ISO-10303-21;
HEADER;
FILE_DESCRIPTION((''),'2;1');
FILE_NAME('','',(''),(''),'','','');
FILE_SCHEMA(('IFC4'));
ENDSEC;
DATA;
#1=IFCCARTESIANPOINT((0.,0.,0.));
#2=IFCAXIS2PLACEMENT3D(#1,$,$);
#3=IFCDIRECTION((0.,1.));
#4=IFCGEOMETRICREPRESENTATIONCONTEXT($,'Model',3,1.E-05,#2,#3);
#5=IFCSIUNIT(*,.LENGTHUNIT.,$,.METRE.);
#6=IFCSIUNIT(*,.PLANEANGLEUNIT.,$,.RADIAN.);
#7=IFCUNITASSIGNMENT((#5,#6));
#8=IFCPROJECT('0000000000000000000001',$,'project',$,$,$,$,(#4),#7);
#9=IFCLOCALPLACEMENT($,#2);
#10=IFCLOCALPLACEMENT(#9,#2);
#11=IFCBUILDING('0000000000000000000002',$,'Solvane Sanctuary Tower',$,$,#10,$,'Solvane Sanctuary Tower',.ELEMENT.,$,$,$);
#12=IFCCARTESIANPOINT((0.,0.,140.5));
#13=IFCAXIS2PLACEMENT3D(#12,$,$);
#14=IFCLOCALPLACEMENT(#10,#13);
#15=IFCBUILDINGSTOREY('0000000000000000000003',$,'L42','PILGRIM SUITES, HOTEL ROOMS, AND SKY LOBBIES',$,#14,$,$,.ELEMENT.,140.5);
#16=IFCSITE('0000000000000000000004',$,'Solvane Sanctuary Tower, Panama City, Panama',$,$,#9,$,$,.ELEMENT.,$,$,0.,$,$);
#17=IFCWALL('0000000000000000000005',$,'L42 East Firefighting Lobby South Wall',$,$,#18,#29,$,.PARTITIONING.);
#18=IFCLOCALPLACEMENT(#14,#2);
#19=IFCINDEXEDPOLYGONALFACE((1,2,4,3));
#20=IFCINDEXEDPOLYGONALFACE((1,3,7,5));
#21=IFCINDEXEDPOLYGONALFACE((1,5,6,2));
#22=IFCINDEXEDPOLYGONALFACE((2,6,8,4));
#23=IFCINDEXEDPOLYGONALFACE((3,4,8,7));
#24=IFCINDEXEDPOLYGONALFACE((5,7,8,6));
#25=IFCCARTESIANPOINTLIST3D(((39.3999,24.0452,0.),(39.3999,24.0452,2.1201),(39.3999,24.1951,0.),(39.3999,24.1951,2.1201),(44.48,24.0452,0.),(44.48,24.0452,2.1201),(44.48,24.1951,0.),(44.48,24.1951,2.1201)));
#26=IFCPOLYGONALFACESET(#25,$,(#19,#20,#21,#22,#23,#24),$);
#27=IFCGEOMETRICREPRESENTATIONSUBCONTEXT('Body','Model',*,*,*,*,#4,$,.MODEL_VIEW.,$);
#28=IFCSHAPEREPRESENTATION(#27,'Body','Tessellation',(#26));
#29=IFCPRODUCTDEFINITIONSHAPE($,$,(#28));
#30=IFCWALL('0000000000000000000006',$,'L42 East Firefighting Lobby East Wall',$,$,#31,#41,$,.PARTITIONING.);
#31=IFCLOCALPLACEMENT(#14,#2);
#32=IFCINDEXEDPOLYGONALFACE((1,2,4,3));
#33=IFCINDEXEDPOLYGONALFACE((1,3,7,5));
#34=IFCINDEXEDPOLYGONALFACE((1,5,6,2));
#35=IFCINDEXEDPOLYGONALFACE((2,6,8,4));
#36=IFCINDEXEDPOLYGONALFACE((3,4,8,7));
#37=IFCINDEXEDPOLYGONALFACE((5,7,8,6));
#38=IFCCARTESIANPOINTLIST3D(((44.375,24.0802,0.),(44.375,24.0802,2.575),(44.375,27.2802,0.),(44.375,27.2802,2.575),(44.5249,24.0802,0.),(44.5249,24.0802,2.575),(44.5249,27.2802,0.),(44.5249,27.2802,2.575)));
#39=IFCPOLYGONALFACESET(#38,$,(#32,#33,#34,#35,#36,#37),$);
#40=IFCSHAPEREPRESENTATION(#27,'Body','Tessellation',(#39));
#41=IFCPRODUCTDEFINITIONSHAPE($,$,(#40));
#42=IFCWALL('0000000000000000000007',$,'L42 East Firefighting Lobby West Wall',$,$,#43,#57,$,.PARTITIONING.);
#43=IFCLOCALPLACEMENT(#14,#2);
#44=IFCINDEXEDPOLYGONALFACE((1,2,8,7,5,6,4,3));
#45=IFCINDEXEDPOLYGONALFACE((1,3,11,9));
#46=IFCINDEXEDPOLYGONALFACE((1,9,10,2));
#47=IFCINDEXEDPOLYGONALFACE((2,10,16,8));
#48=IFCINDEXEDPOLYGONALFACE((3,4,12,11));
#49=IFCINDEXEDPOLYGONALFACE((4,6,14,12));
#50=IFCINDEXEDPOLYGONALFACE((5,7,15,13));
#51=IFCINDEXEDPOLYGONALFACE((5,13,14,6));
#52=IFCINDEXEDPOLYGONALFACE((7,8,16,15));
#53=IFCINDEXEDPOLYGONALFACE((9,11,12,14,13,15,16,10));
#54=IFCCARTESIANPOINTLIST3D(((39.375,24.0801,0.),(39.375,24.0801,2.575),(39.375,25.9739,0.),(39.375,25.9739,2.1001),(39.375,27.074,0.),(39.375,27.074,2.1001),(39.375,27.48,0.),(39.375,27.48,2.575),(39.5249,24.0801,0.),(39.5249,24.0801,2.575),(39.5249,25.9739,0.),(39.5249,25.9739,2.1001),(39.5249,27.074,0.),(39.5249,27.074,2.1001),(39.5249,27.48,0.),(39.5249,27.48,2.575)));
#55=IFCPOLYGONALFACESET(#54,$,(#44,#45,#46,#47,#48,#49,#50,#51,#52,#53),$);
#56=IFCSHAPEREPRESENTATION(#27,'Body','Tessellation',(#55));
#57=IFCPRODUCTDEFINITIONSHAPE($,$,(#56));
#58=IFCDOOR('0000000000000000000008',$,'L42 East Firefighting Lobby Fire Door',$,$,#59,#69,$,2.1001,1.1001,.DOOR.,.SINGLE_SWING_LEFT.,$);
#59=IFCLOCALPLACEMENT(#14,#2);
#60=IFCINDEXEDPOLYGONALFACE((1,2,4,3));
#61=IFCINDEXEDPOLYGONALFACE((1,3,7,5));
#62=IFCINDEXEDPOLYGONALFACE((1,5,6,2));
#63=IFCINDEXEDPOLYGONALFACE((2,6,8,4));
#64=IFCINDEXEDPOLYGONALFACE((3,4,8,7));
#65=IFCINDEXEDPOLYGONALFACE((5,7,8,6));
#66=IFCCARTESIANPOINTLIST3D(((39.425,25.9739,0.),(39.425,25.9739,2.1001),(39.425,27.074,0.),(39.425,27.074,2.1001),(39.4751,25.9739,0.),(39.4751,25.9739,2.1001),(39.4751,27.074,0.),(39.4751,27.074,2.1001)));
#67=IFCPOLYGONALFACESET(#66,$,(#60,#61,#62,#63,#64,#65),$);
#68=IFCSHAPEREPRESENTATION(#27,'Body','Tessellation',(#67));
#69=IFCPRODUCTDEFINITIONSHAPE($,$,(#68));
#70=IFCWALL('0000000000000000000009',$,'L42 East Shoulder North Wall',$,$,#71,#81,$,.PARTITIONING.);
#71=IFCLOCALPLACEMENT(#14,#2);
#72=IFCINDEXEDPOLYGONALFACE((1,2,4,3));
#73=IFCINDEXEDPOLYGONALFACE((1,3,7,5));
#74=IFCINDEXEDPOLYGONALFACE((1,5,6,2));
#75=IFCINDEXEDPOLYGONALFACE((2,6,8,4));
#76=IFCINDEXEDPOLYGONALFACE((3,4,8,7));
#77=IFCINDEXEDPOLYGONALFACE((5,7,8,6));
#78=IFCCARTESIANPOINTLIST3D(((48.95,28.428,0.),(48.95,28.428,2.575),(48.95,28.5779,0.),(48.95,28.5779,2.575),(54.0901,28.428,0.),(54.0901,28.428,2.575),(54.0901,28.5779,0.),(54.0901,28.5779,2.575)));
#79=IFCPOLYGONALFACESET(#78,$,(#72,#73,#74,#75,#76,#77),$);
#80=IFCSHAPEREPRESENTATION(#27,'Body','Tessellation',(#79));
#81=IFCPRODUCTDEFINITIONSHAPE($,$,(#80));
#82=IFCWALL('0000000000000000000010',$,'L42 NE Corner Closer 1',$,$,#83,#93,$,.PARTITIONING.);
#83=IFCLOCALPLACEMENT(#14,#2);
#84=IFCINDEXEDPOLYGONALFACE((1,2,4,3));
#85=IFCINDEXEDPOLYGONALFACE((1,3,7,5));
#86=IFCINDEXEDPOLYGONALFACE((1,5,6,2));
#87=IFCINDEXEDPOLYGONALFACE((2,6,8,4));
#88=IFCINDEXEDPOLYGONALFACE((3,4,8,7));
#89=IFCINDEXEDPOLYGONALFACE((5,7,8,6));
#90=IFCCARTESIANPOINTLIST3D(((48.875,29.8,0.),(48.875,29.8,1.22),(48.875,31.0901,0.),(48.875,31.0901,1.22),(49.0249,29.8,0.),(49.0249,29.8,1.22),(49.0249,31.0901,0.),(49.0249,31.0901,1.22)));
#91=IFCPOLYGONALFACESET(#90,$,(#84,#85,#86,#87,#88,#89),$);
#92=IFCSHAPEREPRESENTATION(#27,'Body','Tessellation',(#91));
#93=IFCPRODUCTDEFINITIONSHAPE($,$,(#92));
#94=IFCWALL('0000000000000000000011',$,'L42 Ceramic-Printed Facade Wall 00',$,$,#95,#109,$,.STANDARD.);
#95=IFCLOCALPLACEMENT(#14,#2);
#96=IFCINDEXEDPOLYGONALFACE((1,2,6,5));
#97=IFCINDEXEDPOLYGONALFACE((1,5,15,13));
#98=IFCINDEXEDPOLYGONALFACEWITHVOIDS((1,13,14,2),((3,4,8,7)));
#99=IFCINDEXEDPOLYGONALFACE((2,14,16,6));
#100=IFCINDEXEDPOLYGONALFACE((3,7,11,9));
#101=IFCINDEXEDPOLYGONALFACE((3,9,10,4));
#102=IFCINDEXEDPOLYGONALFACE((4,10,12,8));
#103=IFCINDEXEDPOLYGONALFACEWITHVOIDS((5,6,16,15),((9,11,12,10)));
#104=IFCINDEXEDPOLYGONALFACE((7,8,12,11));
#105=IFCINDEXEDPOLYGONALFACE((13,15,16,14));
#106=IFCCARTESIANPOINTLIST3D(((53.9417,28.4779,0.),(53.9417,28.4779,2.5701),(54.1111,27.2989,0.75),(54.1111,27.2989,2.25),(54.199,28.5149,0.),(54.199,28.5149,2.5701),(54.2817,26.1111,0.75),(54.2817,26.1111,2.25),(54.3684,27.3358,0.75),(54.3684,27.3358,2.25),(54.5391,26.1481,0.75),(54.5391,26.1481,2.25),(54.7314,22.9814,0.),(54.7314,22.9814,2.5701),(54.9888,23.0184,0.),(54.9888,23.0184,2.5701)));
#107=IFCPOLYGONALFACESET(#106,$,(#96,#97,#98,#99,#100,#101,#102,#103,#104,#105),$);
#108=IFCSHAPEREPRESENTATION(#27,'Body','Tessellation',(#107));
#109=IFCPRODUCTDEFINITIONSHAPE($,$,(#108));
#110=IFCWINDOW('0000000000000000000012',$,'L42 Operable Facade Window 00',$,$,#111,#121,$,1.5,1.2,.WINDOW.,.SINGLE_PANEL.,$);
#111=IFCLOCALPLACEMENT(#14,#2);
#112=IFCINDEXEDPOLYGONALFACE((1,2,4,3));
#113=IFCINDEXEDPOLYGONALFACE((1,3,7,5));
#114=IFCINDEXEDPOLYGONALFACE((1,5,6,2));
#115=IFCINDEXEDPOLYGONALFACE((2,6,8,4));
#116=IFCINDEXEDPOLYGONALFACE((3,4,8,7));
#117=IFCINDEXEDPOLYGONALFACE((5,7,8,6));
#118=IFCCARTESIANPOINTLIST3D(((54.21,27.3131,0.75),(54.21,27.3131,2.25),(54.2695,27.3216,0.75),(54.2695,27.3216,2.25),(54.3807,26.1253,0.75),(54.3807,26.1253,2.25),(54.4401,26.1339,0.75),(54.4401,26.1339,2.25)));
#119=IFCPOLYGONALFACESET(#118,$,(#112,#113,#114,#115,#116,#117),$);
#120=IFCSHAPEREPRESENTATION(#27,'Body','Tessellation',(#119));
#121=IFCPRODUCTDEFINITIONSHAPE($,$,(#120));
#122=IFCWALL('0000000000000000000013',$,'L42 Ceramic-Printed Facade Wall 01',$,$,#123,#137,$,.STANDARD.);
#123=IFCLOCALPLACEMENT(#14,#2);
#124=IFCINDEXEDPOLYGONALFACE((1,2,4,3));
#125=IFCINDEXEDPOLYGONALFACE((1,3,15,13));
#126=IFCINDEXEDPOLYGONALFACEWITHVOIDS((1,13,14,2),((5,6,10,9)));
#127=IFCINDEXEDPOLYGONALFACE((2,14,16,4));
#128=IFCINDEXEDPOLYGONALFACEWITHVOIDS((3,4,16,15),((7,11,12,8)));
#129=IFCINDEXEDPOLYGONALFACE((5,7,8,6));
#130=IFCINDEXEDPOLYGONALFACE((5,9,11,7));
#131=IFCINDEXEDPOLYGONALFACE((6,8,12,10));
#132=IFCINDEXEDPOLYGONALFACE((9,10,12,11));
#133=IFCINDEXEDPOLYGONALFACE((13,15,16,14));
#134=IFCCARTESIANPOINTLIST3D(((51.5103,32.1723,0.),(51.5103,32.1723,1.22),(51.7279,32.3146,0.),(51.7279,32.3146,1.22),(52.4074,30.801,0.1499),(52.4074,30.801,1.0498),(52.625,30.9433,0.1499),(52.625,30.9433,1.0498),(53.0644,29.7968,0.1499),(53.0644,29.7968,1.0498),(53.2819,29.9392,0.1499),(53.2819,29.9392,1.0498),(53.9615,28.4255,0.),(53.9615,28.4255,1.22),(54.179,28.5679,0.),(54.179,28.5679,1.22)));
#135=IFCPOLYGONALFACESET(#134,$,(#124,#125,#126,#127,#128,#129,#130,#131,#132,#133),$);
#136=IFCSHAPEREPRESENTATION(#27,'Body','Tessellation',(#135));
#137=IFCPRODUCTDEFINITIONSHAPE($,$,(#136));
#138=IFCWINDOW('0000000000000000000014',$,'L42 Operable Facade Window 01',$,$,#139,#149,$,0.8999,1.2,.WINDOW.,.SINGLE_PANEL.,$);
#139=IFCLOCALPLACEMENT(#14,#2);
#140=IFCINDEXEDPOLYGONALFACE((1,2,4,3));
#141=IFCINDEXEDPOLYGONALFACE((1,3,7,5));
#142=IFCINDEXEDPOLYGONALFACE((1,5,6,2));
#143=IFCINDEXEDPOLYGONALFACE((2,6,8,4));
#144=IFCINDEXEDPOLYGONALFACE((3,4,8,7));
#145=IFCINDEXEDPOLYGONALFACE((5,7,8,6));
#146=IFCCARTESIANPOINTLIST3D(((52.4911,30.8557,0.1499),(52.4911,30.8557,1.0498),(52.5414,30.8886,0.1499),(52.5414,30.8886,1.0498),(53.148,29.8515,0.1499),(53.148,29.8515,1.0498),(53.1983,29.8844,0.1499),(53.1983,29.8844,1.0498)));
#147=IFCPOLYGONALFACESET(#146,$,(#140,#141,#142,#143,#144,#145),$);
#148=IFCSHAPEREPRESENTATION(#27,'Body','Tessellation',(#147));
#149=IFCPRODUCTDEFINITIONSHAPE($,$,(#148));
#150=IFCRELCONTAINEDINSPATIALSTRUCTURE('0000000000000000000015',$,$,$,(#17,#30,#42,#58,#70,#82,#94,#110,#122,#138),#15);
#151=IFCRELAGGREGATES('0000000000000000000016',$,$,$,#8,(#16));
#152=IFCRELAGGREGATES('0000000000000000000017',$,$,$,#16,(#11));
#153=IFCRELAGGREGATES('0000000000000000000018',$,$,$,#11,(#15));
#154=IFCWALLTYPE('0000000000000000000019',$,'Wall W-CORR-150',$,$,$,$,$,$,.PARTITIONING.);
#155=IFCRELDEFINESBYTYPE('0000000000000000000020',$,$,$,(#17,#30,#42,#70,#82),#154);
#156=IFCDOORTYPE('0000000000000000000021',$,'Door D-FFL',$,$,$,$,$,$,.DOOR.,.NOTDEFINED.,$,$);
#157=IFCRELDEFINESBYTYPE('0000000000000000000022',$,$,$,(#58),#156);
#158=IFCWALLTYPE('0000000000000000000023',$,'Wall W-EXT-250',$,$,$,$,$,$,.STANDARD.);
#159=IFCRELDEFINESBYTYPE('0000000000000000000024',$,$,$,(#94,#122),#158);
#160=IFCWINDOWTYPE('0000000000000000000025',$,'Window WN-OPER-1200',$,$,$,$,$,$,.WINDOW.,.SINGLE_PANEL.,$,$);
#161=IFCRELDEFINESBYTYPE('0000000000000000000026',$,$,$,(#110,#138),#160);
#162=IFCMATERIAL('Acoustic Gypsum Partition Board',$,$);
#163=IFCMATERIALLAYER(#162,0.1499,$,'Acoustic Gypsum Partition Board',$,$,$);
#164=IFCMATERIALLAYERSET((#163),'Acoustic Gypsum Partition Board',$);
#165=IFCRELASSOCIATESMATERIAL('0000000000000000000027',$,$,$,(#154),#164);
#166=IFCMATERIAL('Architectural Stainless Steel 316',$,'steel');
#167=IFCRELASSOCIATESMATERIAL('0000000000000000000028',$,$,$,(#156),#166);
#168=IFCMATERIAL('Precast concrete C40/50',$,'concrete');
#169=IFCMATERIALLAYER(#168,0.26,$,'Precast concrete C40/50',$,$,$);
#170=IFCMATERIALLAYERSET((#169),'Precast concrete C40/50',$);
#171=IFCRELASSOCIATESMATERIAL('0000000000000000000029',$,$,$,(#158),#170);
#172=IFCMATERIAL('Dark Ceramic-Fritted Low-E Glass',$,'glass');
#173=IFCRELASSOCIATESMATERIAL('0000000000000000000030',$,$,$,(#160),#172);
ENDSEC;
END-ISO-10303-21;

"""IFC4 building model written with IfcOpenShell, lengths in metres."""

from ifc_helpers import new_model, si_unit, direction, frame, frame_2d, origin, place, context, subcontext, project, spatial, rectangle, extrude, material, layer, layer_set, type_object, element, fill, save


model = new_model("IFC4")

# Units and contexts
model_context = context("Model", 3, precision=1e-05, world=origin(), true_north=direction((0.0, 1.0)))
body_context = subcontext(model_context, "Body", "Model", "MODEL_VIEW")
ifc_project = project(units=[si_unit("LENGTHUNIT", "METRE"), si_unit("PLANEANGLEUNIT", "RADIAN")], contexts=[model_context])

# Site, building, storey
site_placement = place(None, origin())
site = spatial("IfcSite", under=ifc_project, at=site_placement, Name="Solvane Sanctuary Tower, Panama City, Panama", CompositionType="ELEMENT", RefElevation=0.0)
building_placement = place(site_placement, origin())
building = spatial("IfcBuilding", under=site, at=building_placement, Name="Solvane Sanctuary Tower", LongName="Solvane Sanctuary Tower", CompositionType="ELEMENT")
storey_placement = place(building_placement, frame((0.0, 0.0, 140.5)))
storey = spatial("IfcBuildingStorey", under=building, at=storey_placement, Name="L42", Description="PILGRIM SUITES, HOTEL ROOMS, AND SKY LOBBIES", CompositionType="ELEMENT", Elevation=140.5)

# Walls
ifc_material_1 = material(Name="Acoustic Gypsum Partition Board")
ifc_layer_1 = layer(ifc_material_1, 0.1499, Name="Acoustic Gypsum Partition Board")
ifc_layer_set_1 = layer_set([ifc_layer_1], Name="Acoustic Gypsum Partition Board")
wall_type_1 = type_object("IfcWallType", Name="Wall W-CORR-150", PredefinedType="PARTITIONING", material=ifc_layer_set_1)
wall_1_placement = place(storey_placement, frame((39.3999, 24.1201, 0.0), z_axis=(0.0, 0.0, 1.0), x_axis=(1.0, 0.0, 0.0)))
element("IfcWall", 1, at=wall_1_placement, inside=storey, type_object=wall_type_1, Name="L42 East Firefighting Lobby South Wall", PredefinedType="PARTITIONING", context=body_context, shape_type="SweptSolid", body=[
    extrude(rectangle(XDim=5.0801, YDim=0.1499, at=frame_2d((2.54, 0.0))), origin(), (0.0, 0.0, 1.0), 2.1201),
])
wall_2_placement = place(storey_placement, frame((44.45, 24.0801, 0.0), z_axis=(0.0, 0.0, 1.0), x_axis=(0.0, 1.0, 0.0)))
element("IfcWall", 2, at=wall_2_placement, inside=storey, type_object=wall_type_1, Name="L42 East Firefighting Lobby East Wall", PredefinedType="PARTITIONING", context=body_context, shape_type="SweptSolid", body=[
    extrude(rectangle(XDim=3.2, YDim=0.1499, at=frame_2d((1.6001, 0.0))), origin(), (0.0, 0.0, 1.0), 2.575),
])

# Wall, opening, door
wall_3_placement = place(storey_placement, frame((39.45, 24.0801, 0.0), z_axis=(0.0, 0.0, 1.0), x_axis=(0.0, 1.0, 0.0)))
wall_3 = element("IfcWall", 3, at=wall_3_placement, inside=storey, type_object=wall_type_1, Name="L42 East Firefighting Lobby West Wall", PredefinedType="PARTITIONING", context=body_context, shape_type="SweptSolid", body=[
    extrude(rectangle(XDim=3.3999, YDim=0.1499, at=frame_2d((1.7, 0.0))), origin(), (0.0, 0.0, 1.0), 2.575),
])
opening_1_placement = place(wall_3_placement, frame((1.8938, 0.0, 0.0)))
opening_1 = element("IfcOpeningElement", 4, at=opening_1_placement, cuts=wall_3, PredefinedType="OPENING", context=body_context, shape_type="SweptSolid", body=[
    extrude(rectangle(XDim=1.1001, YDim=2.1001, at=frame_2d((0.55, 1.05))), frame((0.0, 0.085, 0.0), z_axis=(0.0, -1.0, 0.0), x_axis=(1.0, 0.0, 0.0)), (0.0, 0.0, 1.0), 0.1699),
])
ifc_material_2 = material(Name="Architectural Stainless Steel 316", Category="steel")
door_type_1 = type_object("IfcDoorType", Name="Door D-FFL", OperationType="NOTDEFINED", PredefinedType="DOOR", material=ifc_material_2)
door_1_placement = place(opening_1_placement, origin())
door_1 = element("IfcDoor", 5, at=door_1_placement, inside=storey, type_object=door_type_1, Name="L42 East Firefighting Lobby Fire Door", OperationType="SINGLE_SWING_LEFT", OverallHeight=2.1001, OverallWidth=1.1001, PredefinedType="DOOR", context=body_context, shape_type="SweptSolid", body=[
    extrude(rectangle(XDim=1.1001, YDim=2.1001, at=frame_2d((0.55, 1.05))), frame((0.0, 0.0249, 0.0), z_axis=(0.0, -1.0, 0.0), x_axis=(1.0, 0.0, 0.0)), (0.0, 0.0, 1.0), 0.05),
])
fill(opening_1, door_1)

# Walls
wall_4_placement = place(storey_placement, frame((48.95, 28.5029, 0.0), z_axis=(0.0, 0.0, 1.0), x_axis=(1.0, 0.0, 0.0)))
element("IfcWall", 6, at=wall_4_placement, inside=storey, type_object=wall_type_1, Name="L42 East Shoulder North Wall", PredefinedType="PARTITIONING", context=body_context, shape_type="SweptSolid", body=[
    extrude(rectangle(XDim=5.1401, YDim=0.1499, at=frame_2d((2.5701, 0.0))), origin(), (0.0, 0.0, 1.0), 2.575),
])
wall_5_placement = place(storey_placement, frame((48.95, 29.8, 0.0), z_axis=(0.0, 0.0, 1.0), x_axis=(0.0, 1.0, 0.0)))
element("IfcWall", 7, at=wall_5_placement, inside=storey, type_object=wall_type_1, Name="L42 NE Corner Closer 1", PredefinedType="PARTITIONING", context=body_context, shape_type="SweptSolid", body=[
    extrude(rectangle(XDim=1.29, YDim=0.1499, at=frame_2d((0.645, 0.0))), origin(), (0.0, 0.0, 1.0), 1.22),
])

# Walls, openings, windows
ifc_material_3 = material(Name="Precast concrete C40/50", Category="concrete")
ifc_layer_2 = layer(ifc_material_3, 0.26, Name="Precast concrete C40/50")
ifc_layer_set_2 = layer_set([ifc_layer_2], Name="Precast concrete C40/50")
wall_type_2 = type_object("IfcWallType", Name="Wall W-EXT-250", PredefinedType="STANDARD", material=ifc_layer_set_2)
wall_6_placement = place(storey_placement, frame((54.8601, 23.0, 0.0), z_axis=(0.0, 0.0, 1.0), x_axis=(-0.142228, 0.989834, 0.0)))
wall_6 = element("IfcWall", 8, at=wall_6_placement, inside=storey, type_object=wall_type_2, Name="L42 Ceramic-Printed Facade Wall 00", PredefinedType="STANDARD", context=body_context, shape_type="SweptSolid", body=[
    extrude(rectangle(XDim=5.553, YDim=0.26, at=frame_2d((2.7764, 0.0))), origin(), (0.0, 0.0, 1.0), 2.5701),
])
opening_2_placement = place(wall_6_placement, frame((3.1616, 0.0, 0.75)))
opening_2 = element("IfcOpeningElement", 9, at=opening_2_placement, cuts=wall_6, PredefinedType="OPENING", context=body_context, shape_type="SweptSolid", body=[
    extrude(rectangle(XDim=1.2, YDim=1.5, at=frame_2d((0.6001, 0.75))), frame((0.0, 0.1399, 0.0), z_axis=(0.0, -1.0, 0.0), x_axis=(1.0, 0.0, 0.0)), (0.0, 0.0, 1.0), 0.28),
])
ifc_material_4 = material(Name="Dark Ceramic-Fritted Low-E Glass", Category="glass")
window_type = type_object("IfcWindowType", Name="Window WN-OPER-1200", PartitioningType="SINGLE_PANEL", PredefinedType="WINDOW", material=ifc_material_4)
window_1_placement = place(opening_2_placement, origin())
window_1 = element("IfcWindow", 10, at=window_1_placement, inside=storey, type_object=window_type, Name="L42 Operable Facade Window 00", OverallHeight=1.5, OverallWidth=1.2, PartitioningType="SINGLE_PANEL", PredefinedType="WINDOW", context=body_context, shape_type="SweptSolid", body=[
    extrude(rectangle(XDim=1.2, YDim=1.5, at=frame_2d((0.6001, 0.75))), frame((0.0, 0.03, 0.0), z_axis=(0.0, -1.0, 0.0), x_axis=(1.0, 0.0, 0.0)), (0.0, 0.0, 1.0), 0.0601),
])
fill(opening_2, window_1)
wall_7_placement = place(storey_placement, frame((54.0703, 28.4966, 0.0), z_axis=(0.0, 0.0, 1.0), x_axis=(-0.547456, 0.836834, 0.0)))
wall_7 = element("IfcWall", 11, at=wall_7_placement, inside=storey, type_object=wall_type_2, Name="L42 Ceramic-Printed Facade Wall 01", PredefinedType="STANDARD", context=body_context, shape_type="SweptSolid", body=[
    extrude(rectangle(XDim=4.4773, YDim=0.26, at=frame_2d((2.2388, 0.0))), origin(), (0.0, 0.0, 1.0), 1.22),
])
opening_3_placement = place(wall_7_placement, frame((1.6387, 0.0, 0.1499)))
opening_3 = element("IfcOpeningElement", 12, at=opening_3_placement, cuts=wall_7, PredefinedType="OPENING", context=body_context, shape_type="SweptSolid", body=[
    extrude(rectangle(XDim=1.2, YDim=0.8999, at=frame_2d((0.6001, 0.45))), frame((0.0, 0.1399, 0.0), z_axis=(0.0, -1.0, 0.0), x_axis=(1.0, 0.0, 0.0)), (0.0, 0.0, 1.0), 0.28),
])
window_2_placement = place(opening_3_placement, origin())
window_2 = element("IfcWindow", 13, at=window_2_placement, inside=storey, type_object=window_type, Name="L42 Operable Facade Window 01", OverallHeight=0.8999, OverallWidth=1.2, PartitioningType="SINGLE_PANEL", PredefinedType="WINDOW", context=body_context, shape_type="SweptSolid", body=[
    extrude(rectangle(XDim=1.2, YDim=0.8999, at=frame_2d((0.6001, 0.45))), frame((0.0, 0.03, 0.0), z_axis=(0.0, -1.0, 0.0), x_axis=(1.0, 0.0, 0.0)), (0.0, 0.0, 1.0), 0.0601),
])
fill(opening_3, window_2)

save(model, "model.ifc")
